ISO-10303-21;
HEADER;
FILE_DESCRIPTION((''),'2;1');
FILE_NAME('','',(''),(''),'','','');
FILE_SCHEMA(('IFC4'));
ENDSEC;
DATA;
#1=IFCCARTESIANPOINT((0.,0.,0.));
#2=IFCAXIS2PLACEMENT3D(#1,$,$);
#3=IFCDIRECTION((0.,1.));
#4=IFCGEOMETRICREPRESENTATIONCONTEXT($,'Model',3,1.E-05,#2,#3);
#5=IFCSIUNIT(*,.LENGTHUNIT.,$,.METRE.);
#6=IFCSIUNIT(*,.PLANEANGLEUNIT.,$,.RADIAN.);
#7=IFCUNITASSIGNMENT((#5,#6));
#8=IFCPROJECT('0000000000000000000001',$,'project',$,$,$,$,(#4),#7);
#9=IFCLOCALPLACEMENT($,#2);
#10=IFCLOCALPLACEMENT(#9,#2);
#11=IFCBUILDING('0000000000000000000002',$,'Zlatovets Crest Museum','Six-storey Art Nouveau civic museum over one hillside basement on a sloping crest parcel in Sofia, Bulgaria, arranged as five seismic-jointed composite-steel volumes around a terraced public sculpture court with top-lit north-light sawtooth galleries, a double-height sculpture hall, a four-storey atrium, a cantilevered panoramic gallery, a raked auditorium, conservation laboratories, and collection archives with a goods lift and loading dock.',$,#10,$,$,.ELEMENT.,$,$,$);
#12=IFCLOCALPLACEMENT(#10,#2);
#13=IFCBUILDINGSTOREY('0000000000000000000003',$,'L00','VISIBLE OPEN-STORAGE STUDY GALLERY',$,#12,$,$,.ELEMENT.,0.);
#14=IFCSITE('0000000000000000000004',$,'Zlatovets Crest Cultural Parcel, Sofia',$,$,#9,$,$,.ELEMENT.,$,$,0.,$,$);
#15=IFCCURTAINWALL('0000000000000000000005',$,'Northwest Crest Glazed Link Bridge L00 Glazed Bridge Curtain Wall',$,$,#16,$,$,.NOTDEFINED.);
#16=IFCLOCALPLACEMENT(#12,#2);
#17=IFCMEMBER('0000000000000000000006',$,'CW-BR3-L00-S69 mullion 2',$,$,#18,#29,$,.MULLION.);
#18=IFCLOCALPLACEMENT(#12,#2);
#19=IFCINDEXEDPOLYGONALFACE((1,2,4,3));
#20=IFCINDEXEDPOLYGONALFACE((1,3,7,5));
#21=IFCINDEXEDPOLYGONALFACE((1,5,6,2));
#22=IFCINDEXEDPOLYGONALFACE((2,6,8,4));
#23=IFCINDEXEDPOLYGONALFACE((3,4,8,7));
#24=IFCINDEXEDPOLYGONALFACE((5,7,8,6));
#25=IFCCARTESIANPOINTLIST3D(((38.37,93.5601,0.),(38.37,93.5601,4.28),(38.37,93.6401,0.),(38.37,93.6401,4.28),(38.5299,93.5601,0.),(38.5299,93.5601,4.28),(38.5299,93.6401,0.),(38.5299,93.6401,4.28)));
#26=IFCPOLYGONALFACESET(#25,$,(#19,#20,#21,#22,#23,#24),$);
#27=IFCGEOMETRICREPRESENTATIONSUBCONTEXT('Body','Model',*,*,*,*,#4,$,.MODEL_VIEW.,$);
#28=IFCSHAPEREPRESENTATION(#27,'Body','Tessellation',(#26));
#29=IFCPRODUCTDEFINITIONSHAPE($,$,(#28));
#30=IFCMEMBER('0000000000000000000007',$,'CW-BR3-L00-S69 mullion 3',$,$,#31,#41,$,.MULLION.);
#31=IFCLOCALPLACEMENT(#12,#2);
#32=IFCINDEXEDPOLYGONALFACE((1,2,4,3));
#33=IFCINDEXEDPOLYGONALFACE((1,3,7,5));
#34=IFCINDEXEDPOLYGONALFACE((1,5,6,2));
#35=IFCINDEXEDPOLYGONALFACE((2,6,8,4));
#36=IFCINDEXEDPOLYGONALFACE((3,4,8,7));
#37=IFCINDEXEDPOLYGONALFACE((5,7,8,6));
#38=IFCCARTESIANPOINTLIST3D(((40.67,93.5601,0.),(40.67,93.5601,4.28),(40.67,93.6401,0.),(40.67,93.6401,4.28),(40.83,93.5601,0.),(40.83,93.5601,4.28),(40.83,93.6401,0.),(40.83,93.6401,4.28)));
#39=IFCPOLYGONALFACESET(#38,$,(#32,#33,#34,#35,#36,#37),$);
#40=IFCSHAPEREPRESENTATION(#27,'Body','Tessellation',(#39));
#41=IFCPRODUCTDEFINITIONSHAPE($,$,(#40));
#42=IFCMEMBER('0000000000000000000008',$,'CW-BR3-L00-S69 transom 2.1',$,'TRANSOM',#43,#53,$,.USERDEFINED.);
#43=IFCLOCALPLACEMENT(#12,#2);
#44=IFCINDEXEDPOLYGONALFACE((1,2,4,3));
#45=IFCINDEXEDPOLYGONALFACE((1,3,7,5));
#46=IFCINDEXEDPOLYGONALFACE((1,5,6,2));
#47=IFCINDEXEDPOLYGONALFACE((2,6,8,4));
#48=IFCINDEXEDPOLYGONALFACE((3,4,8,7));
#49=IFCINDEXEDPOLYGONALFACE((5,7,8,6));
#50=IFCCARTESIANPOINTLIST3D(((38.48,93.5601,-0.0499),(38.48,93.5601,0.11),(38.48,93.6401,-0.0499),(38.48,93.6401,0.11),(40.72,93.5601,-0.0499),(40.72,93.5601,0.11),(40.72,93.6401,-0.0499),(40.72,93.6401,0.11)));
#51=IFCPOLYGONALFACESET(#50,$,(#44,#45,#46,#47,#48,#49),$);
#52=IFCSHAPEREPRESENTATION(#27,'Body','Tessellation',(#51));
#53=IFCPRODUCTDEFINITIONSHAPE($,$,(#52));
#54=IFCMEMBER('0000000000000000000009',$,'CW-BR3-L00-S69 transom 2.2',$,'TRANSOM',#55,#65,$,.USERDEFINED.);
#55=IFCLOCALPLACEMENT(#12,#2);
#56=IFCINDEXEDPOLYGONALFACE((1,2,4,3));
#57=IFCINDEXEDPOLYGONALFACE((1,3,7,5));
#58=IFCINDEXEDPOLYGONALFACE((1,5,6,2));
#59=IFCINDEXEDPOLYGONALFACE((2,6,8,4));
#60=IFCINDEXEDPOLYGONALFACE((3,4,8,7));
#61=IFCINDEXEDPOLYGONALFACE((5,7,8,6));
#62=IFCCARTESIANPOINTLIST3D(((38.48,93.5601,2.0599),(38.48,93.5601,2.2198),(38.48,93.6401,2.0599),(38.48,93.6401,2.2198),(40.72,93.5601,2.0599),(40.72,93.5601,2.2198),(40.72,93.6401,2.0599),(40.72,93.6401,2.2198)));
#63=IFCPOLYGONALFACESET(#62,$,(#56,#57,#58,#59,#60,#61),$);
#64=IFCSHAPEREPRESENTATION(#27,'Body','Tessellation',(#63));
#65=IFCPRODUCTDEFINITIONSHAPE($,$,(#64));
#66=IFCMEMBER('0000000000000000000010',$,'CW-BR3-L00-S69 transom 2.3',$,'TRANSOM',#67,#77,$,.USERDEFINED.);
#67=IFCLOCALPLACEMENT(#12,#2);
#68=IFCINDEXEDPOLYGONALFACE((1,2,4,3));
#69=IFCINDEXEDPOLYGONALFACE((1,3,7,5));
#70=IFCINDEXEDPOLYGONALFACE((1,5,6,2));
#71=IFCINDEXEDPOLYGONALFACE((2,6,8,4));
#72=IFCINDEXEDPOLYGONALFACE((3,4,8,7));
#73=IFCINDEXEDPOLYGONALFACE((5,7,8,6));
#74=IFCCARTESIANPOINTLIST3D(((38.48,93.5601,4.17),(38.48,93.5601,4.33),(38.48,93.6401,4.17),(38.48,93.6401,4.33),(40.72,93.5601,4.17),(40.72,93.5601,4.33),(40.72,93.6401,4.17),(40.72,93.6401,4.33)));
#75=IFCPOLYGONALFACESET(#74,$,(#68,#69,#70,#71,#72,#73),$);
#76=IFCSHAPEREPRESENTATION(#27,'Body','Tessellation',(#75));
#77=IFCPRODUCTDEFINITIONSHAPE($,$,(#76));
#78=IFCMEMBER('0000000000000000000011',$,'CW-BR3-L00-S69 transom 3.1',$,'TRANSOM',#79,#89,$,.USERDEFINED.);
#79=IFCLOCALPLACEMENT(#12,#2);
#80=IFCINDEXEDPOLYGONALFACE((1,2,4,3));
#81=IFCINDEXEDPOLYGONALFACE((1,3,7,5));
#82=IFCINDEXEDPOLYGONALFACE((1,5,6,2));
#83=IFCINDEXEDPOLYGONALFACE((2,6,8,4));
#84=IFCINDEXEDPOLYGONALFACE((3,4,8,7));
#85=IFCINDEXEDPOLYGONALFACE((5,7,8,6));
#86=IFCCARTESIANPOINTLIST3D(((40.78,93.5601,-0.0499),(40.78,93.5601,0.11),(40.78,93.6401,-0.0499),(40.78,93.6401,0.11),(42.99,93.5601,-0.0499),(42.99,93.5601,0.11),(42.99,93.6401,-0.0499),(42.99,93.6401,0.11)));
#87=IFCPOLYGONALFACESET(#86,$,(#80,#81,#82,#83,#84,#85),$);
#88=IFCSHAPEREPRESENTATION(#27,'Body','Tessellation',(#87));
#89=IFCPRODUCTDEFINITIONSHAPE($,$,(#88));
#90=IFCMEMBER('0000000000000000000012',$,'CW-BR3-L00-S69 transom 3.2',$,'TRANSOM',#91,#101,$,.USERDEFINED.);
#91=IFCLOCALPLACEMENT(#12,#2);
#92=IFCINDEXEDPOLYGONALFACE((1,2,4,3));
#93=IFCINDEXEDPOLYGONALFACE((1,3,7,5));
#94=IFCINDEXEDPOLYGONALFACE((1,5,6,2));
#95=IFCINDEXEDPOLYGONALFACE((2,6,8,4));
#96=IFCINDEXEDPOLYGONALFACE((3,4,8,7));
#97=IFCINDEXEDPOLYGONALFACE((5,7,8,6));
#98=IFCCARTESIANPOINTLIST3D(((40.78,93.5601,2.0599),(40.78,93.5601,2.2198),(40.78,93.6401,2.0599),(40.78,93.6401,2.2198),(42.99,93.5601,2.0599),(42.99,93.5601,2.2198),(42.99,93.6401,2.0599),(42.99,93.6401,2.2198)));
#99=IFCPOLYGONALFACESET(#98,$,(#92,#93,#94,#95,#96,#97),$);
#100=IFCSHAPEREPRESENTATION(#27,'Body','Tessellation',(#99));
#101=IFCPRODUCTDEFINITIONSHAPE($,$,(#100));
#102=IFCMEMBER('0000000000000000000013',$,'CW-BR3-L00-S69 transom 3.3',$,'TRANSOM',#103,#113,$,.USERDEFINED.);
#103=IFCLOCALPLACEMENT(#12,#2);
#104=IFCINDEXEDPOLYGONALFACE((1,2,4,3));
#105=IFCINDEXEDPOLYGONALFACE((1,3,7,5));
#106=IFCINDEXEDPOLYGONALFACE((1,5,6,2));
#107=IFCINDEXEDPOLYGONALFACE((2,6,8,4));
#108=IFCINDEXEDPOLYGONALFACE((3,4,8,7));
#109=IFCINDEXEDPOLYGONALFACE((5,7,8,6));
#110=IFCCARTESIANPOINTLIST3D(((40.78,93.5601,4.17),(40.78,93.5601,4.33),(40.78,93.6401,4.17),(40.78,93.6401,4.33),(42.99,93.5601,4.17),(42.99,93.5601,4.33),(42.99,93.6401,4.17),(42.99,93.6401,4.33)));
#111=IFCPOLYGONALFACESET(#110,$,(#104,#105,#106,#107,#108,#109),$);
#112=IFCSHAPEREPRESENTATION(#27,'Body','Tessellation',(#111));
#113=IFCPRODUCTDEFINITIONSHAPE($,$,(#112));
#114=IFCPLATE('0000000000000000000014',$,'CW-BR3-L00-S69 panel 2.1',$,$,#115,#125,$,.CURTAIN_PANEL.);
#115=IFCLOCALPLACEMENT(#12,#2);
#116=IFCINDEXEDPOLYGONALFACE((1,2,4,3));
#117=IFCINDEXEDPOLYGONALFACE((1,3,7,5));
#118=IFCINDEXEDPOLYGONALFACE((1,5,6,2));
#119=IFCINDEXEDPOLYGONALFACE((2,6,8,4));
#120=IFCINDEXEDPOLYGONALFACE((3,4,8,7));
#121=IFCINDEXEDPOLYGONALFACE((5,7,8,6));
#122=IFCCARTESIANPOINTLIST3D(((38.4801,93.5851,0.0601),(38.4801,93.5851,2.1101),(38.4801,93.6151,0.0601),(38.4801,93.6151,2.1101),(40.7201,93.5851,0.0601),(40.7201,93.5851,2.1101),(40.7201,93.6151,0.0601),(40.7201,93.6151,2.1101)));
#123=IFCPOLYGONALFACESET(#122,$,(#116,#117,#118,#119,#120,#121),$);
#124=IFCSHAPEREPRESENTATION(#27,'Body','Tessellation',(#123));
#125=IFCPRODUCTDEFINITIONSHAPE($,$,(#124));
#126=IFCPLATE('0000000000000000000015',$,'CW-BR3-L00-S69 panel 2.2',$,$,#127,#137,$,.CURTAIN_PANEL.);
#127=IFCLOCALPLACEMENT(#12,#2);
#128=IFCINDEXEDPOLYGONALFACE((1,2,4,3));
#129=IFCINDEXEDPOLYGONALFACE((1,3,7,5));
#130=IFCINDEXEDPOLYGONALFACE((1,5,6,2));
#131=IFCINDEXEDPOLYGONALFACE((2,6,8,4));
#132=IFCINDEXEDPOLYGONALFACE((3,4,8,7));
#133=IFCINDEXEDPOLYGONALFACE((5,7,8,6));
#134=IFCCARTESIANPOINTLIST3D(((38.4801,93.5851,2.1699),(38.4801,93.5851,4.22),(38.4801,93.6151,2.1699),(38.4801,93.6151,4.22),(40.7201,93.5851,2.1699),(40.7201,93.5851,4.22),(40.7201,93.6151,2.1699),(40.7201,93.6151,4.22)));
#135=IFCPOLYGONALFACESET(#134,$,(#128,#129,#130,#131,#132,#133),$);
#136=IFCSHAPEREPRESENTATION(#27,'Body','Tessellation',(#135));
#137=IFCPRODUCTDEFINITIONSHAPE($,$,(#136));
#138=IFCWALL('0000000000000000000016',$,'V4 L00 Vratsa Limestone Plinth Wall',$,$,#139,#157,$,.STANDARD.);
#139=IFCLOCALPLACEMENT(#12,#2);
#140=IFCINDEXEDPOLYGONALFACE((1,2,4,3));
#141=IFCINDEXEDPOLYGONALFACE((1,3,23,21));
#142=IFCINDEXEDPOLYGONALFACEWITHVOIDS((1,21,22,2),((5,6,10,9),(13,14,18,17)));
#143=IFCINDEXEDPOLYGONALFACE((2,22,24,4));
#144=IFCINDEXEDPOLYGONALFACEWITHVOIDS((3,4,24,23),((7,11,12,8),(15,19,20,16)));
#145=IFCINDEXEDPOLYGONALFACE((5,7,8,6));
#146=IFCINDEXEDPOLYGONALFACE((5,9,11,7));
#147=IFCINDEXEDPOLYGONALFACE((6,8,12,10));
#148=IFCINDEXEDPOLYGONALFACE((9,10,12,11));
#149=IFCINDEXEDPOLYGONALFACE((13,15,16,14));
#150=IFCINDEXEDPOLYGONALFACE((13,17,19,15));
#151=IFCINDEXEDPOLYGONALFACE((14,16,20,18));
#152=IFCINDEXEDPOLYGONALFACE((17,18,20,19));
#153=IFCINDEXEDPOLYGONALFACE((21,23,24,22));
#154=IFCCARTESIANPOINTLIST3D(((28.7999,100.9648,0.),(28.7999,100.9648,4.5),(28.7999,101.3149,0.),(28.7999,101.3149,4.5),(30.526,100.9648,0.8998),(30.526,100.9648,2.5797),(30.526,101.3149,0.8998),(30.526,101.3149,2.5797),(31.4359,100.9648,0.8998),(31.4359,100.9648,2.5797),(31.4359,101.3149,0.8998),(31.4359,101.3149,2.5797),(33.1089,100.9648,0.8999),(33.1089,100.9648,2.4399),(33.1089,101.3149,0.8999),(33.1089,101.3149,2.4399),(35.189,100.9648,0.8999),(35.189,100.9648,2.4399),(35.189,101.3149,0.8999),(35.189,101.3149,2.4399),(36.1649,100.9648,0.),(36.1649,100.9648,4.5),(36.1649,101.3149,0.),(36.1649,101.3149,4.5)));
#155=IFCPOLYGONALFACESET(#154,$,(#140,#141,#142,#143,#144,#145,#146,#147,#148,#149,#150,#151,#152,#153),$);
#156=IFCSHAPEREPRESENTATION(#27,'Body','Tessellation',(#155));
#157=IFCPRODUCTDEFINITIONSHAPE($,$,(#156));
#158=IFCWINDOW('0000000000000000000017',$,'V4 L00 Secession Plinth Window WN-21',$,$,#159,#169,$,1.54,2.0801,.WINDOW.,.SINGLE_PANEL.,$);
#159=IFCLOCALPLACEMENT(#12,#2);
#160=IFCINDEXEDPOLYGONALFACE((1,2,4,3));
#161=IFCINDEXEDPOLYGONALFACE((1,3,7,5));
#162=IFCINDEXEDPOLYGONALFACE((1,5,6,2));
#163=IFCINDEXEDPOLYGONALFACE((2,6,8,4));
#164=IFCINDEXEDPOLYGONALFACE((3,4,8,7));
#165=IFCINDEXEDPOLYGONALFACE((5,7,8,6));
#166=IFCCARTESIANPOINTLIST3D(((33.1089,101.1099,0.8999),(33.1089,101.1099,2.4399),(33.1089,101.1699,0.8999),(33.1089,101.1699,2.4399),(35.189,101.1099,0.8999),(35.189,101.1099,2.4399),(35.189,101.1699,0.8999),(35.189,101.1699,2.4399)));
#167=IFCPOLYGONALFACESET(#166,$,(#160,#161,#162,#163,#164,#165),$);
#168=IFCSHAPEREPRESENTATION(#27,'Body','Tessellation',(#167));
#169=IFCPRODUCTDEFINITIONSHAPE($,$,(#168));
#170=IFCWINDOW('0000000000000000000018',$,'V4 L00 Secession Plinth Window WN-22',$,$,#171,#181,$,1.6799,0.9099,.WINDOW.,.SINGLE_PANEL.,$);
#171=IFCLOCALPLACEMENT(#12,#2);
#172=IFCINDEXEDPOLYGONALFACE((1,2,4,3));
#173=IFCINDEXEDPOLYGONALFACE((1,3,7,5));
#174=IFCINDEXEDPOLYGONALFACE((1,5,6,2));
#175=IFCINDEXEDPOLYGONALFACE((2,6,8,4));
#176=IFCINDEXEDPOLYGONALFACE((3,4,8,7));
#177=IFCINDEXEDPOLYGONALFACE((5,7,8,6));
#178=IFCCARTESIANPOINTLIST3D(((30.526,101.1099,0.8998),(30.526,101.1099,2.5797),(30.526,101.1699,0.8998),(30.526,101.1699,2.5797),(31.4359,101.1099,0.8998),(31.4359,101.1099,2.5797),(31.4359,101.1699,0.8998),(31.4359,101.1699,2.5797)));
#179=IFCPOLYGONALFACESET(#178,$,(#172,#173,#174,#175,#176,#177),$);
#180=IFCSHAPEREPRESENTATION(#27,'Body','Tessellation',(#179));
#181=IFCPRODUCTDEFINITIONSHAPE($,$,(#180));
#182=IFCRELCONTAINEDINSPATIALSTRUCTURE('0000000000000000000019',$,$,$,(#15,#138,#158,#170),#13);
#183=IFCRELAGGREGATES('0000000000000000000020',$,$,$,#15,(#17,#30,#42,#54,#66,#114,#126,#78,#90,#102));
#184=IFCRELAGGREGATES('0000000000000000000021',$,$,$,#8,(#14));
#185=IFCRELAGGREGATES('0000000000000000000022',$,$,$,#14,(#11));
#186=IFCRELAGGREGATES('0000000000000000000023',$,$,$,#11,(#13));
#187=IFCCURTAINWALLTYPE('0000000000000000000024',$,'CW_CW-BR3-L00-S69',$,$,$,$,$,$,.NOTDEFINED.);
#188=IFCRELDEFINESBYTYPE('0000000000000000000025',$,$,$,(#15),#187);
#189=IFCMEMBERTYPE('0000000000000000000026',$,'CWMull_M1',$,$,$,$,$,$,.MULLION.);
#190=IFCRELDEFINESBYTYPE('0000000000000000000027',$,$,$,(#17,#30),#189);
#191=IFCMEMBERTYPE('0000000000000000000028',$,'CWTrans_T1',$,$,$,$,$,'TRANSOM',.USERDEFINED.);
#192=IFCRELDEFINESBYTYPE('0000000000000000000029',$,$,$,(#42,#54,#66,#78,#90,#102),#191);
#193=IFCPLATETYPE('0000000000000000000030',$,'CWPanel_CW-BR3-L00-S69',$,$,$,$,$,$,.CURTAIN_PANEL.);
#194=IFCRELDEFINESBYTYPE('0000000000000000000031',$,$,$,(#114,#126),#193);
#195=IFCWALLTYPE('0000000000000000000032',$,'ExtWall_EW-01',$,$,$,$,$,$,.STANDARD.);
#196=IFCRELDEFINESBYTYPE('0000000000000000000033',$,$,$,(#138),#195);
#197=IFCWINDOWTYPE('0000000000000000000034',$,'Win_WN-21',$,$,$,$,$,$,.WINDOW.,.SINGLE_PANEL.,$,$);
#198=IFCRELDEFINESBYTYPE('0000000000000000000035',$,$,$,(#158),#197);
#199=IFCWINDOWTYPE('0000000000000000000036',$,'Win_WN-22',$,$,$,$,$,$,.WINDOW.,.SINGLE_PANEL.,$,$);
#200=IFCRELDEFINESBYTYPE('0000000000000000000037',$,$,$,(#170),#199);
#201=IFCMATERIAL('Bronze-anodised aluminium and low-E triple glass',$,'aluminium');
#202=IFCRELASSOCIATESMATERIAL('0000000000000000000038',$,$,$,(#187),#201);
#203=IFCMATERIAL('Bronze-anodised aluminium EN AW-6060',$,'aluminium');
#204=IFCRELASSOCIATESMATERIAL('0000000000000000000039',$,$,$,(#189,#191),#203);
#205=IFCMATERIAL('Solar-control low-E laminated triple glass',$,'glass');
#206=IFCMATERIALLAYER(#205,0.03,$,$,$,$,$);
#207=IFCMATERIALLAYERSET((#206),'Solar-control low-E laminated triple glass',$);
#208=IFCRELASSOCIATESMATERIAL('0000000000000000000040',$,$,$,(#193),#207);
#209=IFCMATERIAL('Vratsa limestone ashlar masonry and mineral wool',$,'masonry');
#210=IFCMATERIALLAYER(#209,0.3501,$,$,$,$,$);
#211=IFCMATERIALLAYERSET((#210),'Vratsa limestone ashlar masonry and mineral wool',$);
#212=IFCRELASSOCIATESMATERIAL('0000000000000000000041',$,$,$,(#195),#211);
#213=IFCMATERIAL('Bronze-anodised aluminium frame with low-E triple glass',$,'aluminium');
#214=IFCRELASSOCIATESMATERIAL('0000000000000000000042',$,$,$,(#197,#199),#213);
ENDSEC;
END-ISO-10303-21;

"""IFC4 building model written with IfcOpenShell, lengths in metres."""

from ifc_helpers import new_model, si_unit, direction, frame, frame_2d, origin, origin_2d, place, context, subcontext, project, spatial, rectangle, extrude, material, layer, layer_set, material_profile, profile_set, type_object, element, fill, aggregate, save


model = new_model("IFC4")

# Units and contexts
model_context = context("Model", 3, precision=1e-05, world=origin(), true_north=direction((0.0, 1.0)))
body_context = subcontext(model_context, "Body", "Model", "MODEL_VIEW")
ifc_project = project(units=[si_unit("LENGTHUNIT", "METRE"), si_unit("PLANEANGLEUNIT", "RADIAN")], contexts=[model_context])

# Site, building, storey
site_placement = place(None, origin())
site = spatial("IfcSite", under=ifc_project, at=site_placement, Name="Zlatovets Crest Cultural Parcel, Sofia", CompositionType="ELEMENT", RefElevation=0.0)
building_placement = place(site_placement, origin())
building = spatial("IfcBuilding", under=site, at=building_placement, Name="Zlatovets Crest Museum", Description="Six-storey Art Nouveau civic museum over one hillside basement on a sloping crest parcel in Sofia, Bulgaria, arranged as five seismic-jointed composite-steel volumes around a terraced public sculpture court with top-lit north-light sawtooth galleries, a double-height sculpture hall, a four-storey atrium, a cantilevered panoramic gallery, a raked auditorium, conservation laboratories, and collection archives with a goods lift and loading dock.", CompositionType="ELEMENT")
storey_placement = place(building_placement, origin())
storey = spatial("IfcBuildingStorey", under=building, at=storey_placement, Name="L00", Description="VISIBLE OPEN-STORAGE STUDY GALLERY", CompositionType="ELEMENT", Elevation=0.0)

# Curtain wall, members, plates
ifc_material_1 = material(Name="Bronze-anodised aluminium and low-E triple glass", Category="aluminium")
curtain_wall_type = type_object("IfcCurtainWallType", Name="CW_CW-BR3-L00-S69", PredefinedType="NOTDEFINED", material=ifc_material_1)
curtain_wall_placement = place(storey_placement, origin())
curtain_wall = element("IfcCurtainWall", 1, at=curtain_wall_placement, inside=storey, type_object=curtain_wall_type, Name="Northwest Crest Glazed Link Bridge L00 Glazed Bridge Curtain Wall", PredefinedType="NOTDEFINED")
ifc_material_2 = material(Name="Bronze-anodised aluminium EN AW-6060", Category="aluminium")
ifc_material_profile_1 = material_profile(ifc_material_2, rectangle(XDim=0.0801, YDim=0.1599, at=origin_2d()), Name="ALU 80x160")
ifc_profile_set_1 = profile_set([ifc_material_profile_1], Name="Bronze-anodised aluminium EN AW-6060")
member_type_1 = type_object("IfcMemberType", Name="CWMull_M1", PredefinedType="MULLION", material=ifc_profile_set_1)
member_1_placement = place(storey_placement, frame((38.45, 93.6001, 0.0), z_axis=(0.0, 0.0, 1.0), x_axis=(0.0, 1.0, 0.0)))
member_1 = element("IfcMember", 2, at=member_1_placement, type_object=member_type_1, Name="CW-BR3-L00-S69 mullion 2", PredefinedType="MULLION", context=body_context, shape_type="SweptSolid", body=[
    extrude(rectangle(XDim=0.0801, YDim=0.1599, at=origin_2d()), origin(), (0.0, 0.0, 1.0), 4.28),
])
member_2_placement = place(storey_placement, frame((40.75, 93.6001, 0.0), z_axis=(0.0, 0.0, 1.0), x_axis=(0.0, 1.0, 0.0)))
member_2 = element("IfcMember", 3, at=member_2_placement, type_object=member_type_1, Name="CW-BR3-L00-S69 mullion 3", PredefinedType="MULLION", context=body_context, shape_type="SweptSolid", body=[
    extrude(rectangle(XDim=0.0801, YDim=0.1599, at=origin_2d()), origin(), (0.0, 0.0, 1.0), 4.28),
])
ifc_material_profile_2 = material_profile(ifc_material_2, rectangle(XDim=0.0801, YDim=0.1599, at=origin_2d()), Name="ALU 80x160")
ifc_profile_set_2 = profile_set([ifc_material_profile_2], Name="Bronze-anodised aluminium EN AW-6060")
member_type_2 = type_object("IfcMemberType", Name="CWTrans_T1", ElementType="TRANSOM", PredefinedType="USERDEFINED", material=ifc_profile_set_2)
member_3_placement = place(storey_placement, frame((38.48, 93.6001, 0.03), z_axis=(1.0, 0.0, 0.0), x_axis=(0.0, 1.0, 0.0)))
member_3 = element("IfcMember", 4, at=member_3_placement, type_object=member_type_2, Name="CW-BR3-L00-S69 transom 2.1", ObjectType="TRANSOM", PredefinedType="USERDEFINED", context=body_context, shape_type="SweptSolid", body=[
    extrude(rectangle(XDim=0.0801, YDim=0.1599, at=origin_2d()), origin(), (0.0, 0.0, 1.0), 2.24),
])
member_4_placement = place(storey_placement, frame((38.48, 93.6001, 2.1399), z_axis=(1.0, 0.0, 0.0), x_axis=(0.0, 1.0, 0.0)))
member_4 = element("IfcMember", 5, at=member_4_placement, type_object=member_type_2, Name="CW-BR3-L00-S69 transom 2.2", ObjectType="TRANSOM", PredefinedType="USERDEFINED", context=body_context, shape_type="SweptSolid", body=[
    extrude(rectangle(XDim=0.0801, YDim=0.1599, at=origin_2d()), origin(), (0.0, 0.0, 1.0), 2.24),
])
member_5_placement = place(storey_placement, frame((38.48, 93.6001, 4.25), z_axis=(1.0, 0.0, 0.0), x_axis=(0.0, 1.0, 0.0)))
member_5 = element("IfcMember", 6, at=member_5_placement, type_object=member_type_2, Name="CW-BR3-L00-S69 transom 2.3", ObjectType="TRANSOM", PredefinedType="USERDEFINED", context=body_context, shape_type="SweptSolid", body=[
    extrude(rectangle(XDim=0.0801, YDim=0.1599, at=origin_2d()), origin(), (0.0, 0.0, 1.0), 2.24),
])
member_6_placement = place(storey_placement, frame((40.78, 93.6001, 0.03), z_axis=(1.0, 0.0, 0.0), x_axis=(0.0, 1.0, 0.0)))
member_6 = element("IfcMember", 7, at=member_6_placement, type_object=member_type_2, Name="CW-BR3-L00-S69 transom 3.1", ObjectType="TRANSOM", PredefinedType="USERDEFINED", context=body_context, shape_type="SweptSolid", body=[
    extrude(rectangle(XDim=0.0801, YDim=0.1599, at=origin_2d()), origin(), (0.0, 0.0, 1.0), 2.21),
])
member_7_placement = place(storey_placement, frame((40.78, 93.6001, 2.1399), z_axis=(1.0, 0.0, 0.0), x_axis=(0.0, 1.0, 0.0)))
member_7 = element("IfcMember", 8, at=member_7_placement, type_object=member_type_2, Name="CW-BR3-L00-S69 transom 3.2", ObjectType="TRANSOM", PredefinedType="USERDEFINED", context=body_context, shape_type="SweptSolid", body=[
    extrude(rectangle(XDim=0.0801, YDim=0.1599, at=origin_2d()), origin(), (0.0, 0.0, 1.0), 2.21),
])
member_8_placement = place(storey_placement, frame((40.78, 93.6001, 4.25), z_axis=(1.0, 0.0, 0.0), x_axis=(0.0, 1.0, 0.0)))
member_8 = element("IfcMember", 9, at=member_8_placement, type_object=member_type_2, Name="CW-BR3-L00-S69 transom 3.3", ObjectType="TRANSOM", PredefinedType="USERDEFINED", context=body_context, shape_type="SweptSolid", body=[
    extrude(rectangle(XDim=0.0801, YDim=0.1599, at=origin_2d()), origin(), (0.0, 0.0, 1.0), 2.21),
])
ifc_material_3 = material(Name="Solar-control low-E laminated triple glass", Category="glass")
ifc_layer_1 = layer(ifc_material_3, 0.03)
ifc_layer_set_1 = layer_set([ifc_layer_1], Name="Solar-control low-E laminated triple glass")
plate_type = type_object("IfcPlateType", Name="CWPanel_CW-BR3-L00-S69", PredefinedType="CURTAIN_PANEL", material=ifc_layer_set_1)
plate_1_placement = place(storey_placement, frame((39.6001, 93.6001, 0.0601), z_axis=(0.0, 0.0, 1.0), x_axis=(1.0, 0.0, 0.0)))
plate_1 = element("IfcPlate", 10, at=plate_1_placement, type_object=plate_type, Name="CW-BR3-L00-S69 panel 2.1", PredefinedType="CURTAIN_PANEL", context=body_context, shape_type="SweptSolid", body=[
    extrude(rectangle(XDim=2.24, YDim=0.03, at=origin_2d()), origin(), (0.0, 0.0, 1.0), 2.05),
])
plate_2_placement = place(storey_placement, frame((39.6001, 93.6001, 2.1699), z_axis=(0.0, 0.0, 1.0), x_axis=(1.0, 0.0, 0.0)))
plate_2 = element("IfcPlate", 11, at=plate_2_placement, type_object=plate_type, Name="CW-BR3-L00-S69 panel 2.2", PredefinedType="CURTAIN_PANEL", context=body_context, shape_type="SweptSolid", body=[
    extrude(rectangle(XDim=2.24, YDim=0.03, at=origin_2d()), origin(), (0.0, 0.0, 1.0), 2.05),
])
aggregate(curtain_wall, [member_1, member_2, member_3, member_4, member_5, plate_1, plate_2, member_6, member_7, member_8])

# Wall, openings, windows
ifc_material_4 = material(Name="Vratsa limestone ashlar masonry and mineral wool", Category="masonry")
ifc_layer_2 = layer(ifc_material_4, 0.3501)
ifc_layer_set_2 = layer_set([ifc_layer_2], Name="Vratsa limestone ashlar masonry and mineral wool")
wall_type = type_object("IfcWallType", Name="ExtWall_EW-01", PredefinedType="STANDARD", material=ifc_layer_set_2)
wall_1_placement = place(storey_placement, frame((36.165, 101.1399, 0.0), z_axis=(0.0, 0.0, 1.0), x_axis=(-1.0, 0.0, 0.0)))
wall_1 = element("IfcWall", 12, at=wall_1_placement, inside=storey, type_object=wall_type, Name="V4 L00 Vratsa Limestone Plinth Wall", PredefinedType="STANDARD", context=body_context, shape_type="SweptSolid", body=[
    extrude(rectangle(XDim=7.365, YDim=0.3501, at=frame_2d((3.6826, 0.0))), origin(), (0.0, 0.0, 1.0), 4.5),
])
opening_1_placement = place(wall_1_placement, frame((0.9761, 0.0, 0.8999)))
opening_1 = element("IfcOpeningElement", 13, at=opening_1_placement, cuts=wall_1, PredefinedType="OPENING", context=body_context, shape_type="SweptSolid", body=[
    extrude(rectangle(XDim=2.0801, YDim=1.54, at=frame_2d((1.04, 0.77))), frame((0.0, 0.1851, 0.0), z_axis=(0.0, -1.0, 0.0), x_axis=(1.0, 0.0, 0.0)), (0.0, 0.0, 1.0), 0.3701),
])
opening_2_placement = place(wall_1_placement, frame((4.729, 0.0, 0.8999)))
opening_2 = element("IfcOpeningElement", 14, at=opening_2_placement, cuts=wall_1, PredefinedType="OPENING", context=body_context, shape_type="SweptSolid", body=[
    extrude(rectangle(XDim=0.9099, YDim=1.6799, at=frame_2d((0.4551, 0.8398))), frame((0.0, 0.1851, 0.0), z_axis=(0.0, -1.0, 0.0), x_axis=(1.0, 0.0, 0.0)), (0.0, 0.0, 1.0), 0.3701),
])
ifc_material_5 = material(Name="Bronze-anodised aluminium frame with low-E triple glass", Category="aluminium")
window_type_1 = type_object("IfcWindowType", Name="Win_WN-21", PartitioningType="SINGLE_PANEL", PredefinedType="WINDOW", material=ifc_material_5)
window_1_placement = place(opening_1_placement, origin())
window_1 = element("IfcWindow", 15, at=window_1_placement, inside=storey, type_object=window_type_1, Name="V4 L00 Secession Plinth Window WN-21", OverallHeight=1.54, OverallWidth=2.0801, PartitioningType="SINGLE_PANEL", PredefinedType="WINDOW", context=body_context, shape_type="SweptSolid", body=[
    extrude(rectangle(XDim=2.0801, YDim=1.54, at=frame_2d((1.04, 0.77))), frame((0.0, 0.03, 0.0), z_axis=(0.0, -1.0, 0.0), x_axis=(1.0, 0.0, 0.0)), (0.0, 0.0, 1.0), 0.0601),
])
fill(opening_1, window_1)
window_type_2 = type_object("IfcWindowType", Name="Win_WN-22", PartitioningType="SINGLE_PANEL", PredefinedType="WINDOW", material=ifc_material_5)
window_2_placement = place(opening_2_placement, origin())
window_2 = element("IfcWindow", 16, at=window_2_placement, inside=storey, type_object=window_type_2, Name="V4 L00 Secession Plinth Window WN-22", OverallHeight=1.6799, OverallWidth=0.9099, PartitioningType="SINGLE_PANEL", PredefinedType="WINDOW", context=body_context, shape_type="SweptSolid", body=[
    extrude(rectangle(XDim=0.9099, YDim=1.6799, at=frame_2d((0.4551, 0.8398))), frame((0.0, 0.03, 0.0), z_axis=(0.0, -1.0, 0.0), x_axis=(1.0, 0.0, 0.0)), (0.0, 0.0, 1.0), 0.0601),
])
fill(opening_2, window_2)

save(model, "model.ifc")
